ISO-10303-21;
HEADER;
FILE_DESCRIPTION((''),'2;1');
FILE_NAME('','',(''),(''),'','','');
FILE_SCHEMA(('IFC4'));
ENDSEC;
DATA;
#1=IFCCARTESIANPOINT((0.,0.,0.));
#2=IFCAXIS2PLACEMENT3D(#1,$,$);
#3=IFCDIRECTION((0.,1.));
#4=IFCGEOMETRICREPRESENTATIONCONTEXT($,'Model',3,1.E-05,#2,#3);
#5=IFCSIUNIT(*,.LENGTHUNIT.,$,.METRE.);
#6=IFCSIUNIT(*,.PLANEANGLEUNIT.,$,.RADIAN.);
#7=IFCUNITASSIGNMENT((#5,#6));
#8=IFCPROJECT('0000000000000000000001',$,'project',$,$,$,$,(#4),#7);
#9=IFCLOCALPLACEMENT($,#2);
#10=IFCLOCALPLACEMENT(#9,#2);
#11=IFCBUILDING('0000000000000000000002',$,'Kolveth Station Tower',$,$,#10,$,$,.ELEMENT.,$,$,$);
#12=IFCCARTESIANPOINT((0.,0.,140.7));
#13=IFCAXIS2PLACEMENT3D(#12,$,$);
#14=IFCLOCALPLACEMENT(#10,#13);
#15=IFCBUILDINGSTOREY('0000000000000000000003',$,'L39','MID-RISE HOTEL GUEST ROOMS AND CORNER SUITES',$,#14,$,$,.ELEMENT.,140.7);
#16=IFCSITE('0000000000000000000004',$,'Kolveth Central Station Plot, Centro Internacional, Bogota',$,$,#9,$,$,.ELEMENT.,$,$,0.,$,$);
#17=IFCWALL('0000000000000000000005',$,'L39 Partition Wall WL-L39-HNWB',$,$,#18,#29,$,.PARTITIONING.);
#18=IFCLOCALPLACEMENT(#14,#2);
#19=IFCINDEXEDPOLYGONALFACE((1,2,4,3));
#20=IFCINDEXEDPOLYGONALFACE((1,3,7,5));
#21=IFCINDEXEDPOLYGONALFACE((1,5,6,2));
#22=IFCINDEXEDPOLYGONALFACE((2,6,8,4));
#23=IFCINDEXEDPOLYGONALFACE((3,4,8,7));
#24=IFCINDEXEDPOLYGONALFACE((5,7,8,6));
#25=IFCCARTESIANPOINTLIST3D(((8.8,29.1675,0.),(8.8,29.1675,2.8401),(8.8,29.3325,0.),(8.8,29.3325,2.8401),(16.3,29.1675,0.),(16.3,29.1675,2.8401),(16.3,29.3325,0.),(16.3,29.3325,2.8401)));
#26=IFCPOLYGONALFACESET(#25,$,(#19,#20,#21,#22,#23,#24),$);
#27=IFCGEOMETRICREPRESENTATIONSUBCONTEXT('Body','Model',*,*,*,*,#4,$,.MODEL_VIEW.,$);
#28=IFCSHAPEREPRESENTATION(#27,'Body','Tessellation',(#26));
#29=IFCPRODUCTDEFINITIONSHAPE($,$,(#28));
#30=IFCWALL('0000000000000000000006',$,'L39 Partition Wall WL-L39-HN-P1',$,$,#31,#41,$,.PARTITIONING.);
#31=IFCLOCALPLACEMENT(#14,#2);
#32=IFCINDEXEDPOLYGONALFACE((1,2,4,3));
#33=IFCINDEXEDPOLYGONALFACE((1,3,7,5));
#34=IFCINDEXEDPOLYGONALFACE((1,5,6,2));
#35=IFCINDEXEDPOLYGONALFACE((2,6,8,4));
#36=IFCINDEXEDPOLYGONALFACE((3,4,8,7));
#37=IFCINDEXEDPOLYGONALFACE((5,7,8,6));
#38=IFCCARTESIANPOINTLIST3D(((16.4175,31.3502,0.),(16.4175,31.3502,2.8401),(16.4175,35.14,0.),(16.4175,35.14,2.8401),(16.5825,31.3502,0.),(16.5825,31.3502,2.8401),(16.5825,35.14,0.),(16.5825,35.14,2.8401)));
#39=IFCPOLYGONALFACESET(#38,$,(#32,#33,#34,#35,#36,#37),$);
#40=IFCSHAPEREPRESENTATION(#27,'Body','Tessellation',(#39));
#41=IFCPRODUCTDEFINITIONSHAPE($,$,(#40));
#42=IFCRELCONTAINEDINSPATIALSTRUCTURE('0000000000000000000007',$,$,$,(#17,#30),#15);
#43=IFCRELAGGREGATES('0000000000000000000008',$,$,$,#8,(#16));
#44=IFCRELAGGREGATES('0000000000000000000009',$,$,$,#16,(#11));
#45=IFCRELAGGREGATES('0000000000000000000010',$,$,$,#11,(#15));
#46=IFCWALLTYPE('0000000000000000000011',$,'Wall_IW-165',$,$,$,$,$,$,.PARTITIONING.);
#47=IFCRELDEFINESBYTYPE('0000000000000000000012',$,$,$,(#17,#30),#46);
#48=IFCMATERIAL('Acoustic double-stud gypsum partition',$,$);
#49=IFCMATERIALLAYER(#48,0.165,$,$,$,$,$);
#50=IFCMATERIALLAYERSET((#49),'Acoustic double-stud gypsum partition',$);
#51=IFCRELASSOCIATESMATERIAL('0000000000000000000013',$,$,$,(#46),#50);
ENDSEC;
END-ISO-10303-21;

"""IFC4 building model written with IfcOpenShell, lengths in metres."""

from ifc_helpers import new_model, si_unit, direction, frame, frame_2d, origin, place, context, subcontext, project, spatial, rectangle, extrude, material, layer, layer_set, type_object, element, save


model = new_model("IFC4")

# Units and contexts
model_context = context("Model", 3, precision=1e-05, world=origin(), true_north=direction((0.0, 1.0)))
body_context = subcontext(model_context, "Body", "Model", "MODEL_VIEW")
ifc_project = project(units=[si_unit("LENGTHUNIT", "METRE"), si_unit("PLANEANGLEUNIT", "RADIAN")], contexts=[model_context])

# Site, building, storey
site_placement = place(None, origin())
site = spatial("IfcSite", under=ifc_project, at=site_placement, Name="Kolveth Central Station Plot, Centro Internacional, Bogota", CompositionType="ELEMENT", RefElevation=0.0)
building_placement = place(site_placement, origin())
building = spatial("IfcBuilding", under=site, at=building_placement, Name="Kolveth Station Tower", CompositionType="ELEMENT")
storey_placement = place(building_placement, frame((0.0, 0.0, 140.7)))
storey = spatial("IfcBuildingStorey", under=building, at=storey_placement, Name="L39", Description="MID-RISE HOTEL GUEST ROOMS AND CORNER SUITES", CompositionType="ELEMENT", Elevation=140.7)

# Shared definitions
ifc_material_1 = material(Name="Acoustic double-stud gypsum partition")
ifc_layer_1 = layer(ifc_material_1, 0.165)
ifc_layer_set_1 = layer_set([ifc_layer_1], Name="Acoustic double-stud gypsum partition")
wall_type_1 = type_object("IfcWallType", Name="Wall_IW-165", PredefinedType="PARTITIONING", material=ifc_layer_set_1)

# Wall
wall_1_placement = place(storey_placement, frame((8.8, 29.25, 0.0), z_axis=(0.0, 0.0, 1.0), x_axis=(1.0, 0.0, 0.0)))
element("IfcWall", 1, at=wall_1_placement, inside=storey, type_object=wall_type_1, Name="L39 Partition Wall WL-L39-HNWB", PredefinedType="PARTITIONING", context=body_context, shape_type="SweptSolid", body=[
    extrude(rectangle(XDim=7.5, YDim=0.165, at=frame_2d((3.75, 0.0))), origin(), (0.0, 0.0, 1.0), 2.8401),
])

# Wall
wall_2_placement = place(storey_placement, frame((16.5, 31.3501, 0.0), z_axis=(0.0, 0.0, 1.0), x_axis=(0.0, 1.0, 0.0)))
element("IfcWall", 2, at=wall_2_placement, inside=storey, type_object=wall_type_1, Name="L39 Partition Wall WL-L39-HN-P1", PredefinedType="PARTITIONING", context=body_context, shape_type="SweptSolid", body=[
    extrude(rectangle(XDim=3.7898, YDim=0.165, at=frame_2d((1.895, 0.0))), origin(), (0.0, 0.0, 1.0), 2.8401),
])

save(model, "model.ifc")
